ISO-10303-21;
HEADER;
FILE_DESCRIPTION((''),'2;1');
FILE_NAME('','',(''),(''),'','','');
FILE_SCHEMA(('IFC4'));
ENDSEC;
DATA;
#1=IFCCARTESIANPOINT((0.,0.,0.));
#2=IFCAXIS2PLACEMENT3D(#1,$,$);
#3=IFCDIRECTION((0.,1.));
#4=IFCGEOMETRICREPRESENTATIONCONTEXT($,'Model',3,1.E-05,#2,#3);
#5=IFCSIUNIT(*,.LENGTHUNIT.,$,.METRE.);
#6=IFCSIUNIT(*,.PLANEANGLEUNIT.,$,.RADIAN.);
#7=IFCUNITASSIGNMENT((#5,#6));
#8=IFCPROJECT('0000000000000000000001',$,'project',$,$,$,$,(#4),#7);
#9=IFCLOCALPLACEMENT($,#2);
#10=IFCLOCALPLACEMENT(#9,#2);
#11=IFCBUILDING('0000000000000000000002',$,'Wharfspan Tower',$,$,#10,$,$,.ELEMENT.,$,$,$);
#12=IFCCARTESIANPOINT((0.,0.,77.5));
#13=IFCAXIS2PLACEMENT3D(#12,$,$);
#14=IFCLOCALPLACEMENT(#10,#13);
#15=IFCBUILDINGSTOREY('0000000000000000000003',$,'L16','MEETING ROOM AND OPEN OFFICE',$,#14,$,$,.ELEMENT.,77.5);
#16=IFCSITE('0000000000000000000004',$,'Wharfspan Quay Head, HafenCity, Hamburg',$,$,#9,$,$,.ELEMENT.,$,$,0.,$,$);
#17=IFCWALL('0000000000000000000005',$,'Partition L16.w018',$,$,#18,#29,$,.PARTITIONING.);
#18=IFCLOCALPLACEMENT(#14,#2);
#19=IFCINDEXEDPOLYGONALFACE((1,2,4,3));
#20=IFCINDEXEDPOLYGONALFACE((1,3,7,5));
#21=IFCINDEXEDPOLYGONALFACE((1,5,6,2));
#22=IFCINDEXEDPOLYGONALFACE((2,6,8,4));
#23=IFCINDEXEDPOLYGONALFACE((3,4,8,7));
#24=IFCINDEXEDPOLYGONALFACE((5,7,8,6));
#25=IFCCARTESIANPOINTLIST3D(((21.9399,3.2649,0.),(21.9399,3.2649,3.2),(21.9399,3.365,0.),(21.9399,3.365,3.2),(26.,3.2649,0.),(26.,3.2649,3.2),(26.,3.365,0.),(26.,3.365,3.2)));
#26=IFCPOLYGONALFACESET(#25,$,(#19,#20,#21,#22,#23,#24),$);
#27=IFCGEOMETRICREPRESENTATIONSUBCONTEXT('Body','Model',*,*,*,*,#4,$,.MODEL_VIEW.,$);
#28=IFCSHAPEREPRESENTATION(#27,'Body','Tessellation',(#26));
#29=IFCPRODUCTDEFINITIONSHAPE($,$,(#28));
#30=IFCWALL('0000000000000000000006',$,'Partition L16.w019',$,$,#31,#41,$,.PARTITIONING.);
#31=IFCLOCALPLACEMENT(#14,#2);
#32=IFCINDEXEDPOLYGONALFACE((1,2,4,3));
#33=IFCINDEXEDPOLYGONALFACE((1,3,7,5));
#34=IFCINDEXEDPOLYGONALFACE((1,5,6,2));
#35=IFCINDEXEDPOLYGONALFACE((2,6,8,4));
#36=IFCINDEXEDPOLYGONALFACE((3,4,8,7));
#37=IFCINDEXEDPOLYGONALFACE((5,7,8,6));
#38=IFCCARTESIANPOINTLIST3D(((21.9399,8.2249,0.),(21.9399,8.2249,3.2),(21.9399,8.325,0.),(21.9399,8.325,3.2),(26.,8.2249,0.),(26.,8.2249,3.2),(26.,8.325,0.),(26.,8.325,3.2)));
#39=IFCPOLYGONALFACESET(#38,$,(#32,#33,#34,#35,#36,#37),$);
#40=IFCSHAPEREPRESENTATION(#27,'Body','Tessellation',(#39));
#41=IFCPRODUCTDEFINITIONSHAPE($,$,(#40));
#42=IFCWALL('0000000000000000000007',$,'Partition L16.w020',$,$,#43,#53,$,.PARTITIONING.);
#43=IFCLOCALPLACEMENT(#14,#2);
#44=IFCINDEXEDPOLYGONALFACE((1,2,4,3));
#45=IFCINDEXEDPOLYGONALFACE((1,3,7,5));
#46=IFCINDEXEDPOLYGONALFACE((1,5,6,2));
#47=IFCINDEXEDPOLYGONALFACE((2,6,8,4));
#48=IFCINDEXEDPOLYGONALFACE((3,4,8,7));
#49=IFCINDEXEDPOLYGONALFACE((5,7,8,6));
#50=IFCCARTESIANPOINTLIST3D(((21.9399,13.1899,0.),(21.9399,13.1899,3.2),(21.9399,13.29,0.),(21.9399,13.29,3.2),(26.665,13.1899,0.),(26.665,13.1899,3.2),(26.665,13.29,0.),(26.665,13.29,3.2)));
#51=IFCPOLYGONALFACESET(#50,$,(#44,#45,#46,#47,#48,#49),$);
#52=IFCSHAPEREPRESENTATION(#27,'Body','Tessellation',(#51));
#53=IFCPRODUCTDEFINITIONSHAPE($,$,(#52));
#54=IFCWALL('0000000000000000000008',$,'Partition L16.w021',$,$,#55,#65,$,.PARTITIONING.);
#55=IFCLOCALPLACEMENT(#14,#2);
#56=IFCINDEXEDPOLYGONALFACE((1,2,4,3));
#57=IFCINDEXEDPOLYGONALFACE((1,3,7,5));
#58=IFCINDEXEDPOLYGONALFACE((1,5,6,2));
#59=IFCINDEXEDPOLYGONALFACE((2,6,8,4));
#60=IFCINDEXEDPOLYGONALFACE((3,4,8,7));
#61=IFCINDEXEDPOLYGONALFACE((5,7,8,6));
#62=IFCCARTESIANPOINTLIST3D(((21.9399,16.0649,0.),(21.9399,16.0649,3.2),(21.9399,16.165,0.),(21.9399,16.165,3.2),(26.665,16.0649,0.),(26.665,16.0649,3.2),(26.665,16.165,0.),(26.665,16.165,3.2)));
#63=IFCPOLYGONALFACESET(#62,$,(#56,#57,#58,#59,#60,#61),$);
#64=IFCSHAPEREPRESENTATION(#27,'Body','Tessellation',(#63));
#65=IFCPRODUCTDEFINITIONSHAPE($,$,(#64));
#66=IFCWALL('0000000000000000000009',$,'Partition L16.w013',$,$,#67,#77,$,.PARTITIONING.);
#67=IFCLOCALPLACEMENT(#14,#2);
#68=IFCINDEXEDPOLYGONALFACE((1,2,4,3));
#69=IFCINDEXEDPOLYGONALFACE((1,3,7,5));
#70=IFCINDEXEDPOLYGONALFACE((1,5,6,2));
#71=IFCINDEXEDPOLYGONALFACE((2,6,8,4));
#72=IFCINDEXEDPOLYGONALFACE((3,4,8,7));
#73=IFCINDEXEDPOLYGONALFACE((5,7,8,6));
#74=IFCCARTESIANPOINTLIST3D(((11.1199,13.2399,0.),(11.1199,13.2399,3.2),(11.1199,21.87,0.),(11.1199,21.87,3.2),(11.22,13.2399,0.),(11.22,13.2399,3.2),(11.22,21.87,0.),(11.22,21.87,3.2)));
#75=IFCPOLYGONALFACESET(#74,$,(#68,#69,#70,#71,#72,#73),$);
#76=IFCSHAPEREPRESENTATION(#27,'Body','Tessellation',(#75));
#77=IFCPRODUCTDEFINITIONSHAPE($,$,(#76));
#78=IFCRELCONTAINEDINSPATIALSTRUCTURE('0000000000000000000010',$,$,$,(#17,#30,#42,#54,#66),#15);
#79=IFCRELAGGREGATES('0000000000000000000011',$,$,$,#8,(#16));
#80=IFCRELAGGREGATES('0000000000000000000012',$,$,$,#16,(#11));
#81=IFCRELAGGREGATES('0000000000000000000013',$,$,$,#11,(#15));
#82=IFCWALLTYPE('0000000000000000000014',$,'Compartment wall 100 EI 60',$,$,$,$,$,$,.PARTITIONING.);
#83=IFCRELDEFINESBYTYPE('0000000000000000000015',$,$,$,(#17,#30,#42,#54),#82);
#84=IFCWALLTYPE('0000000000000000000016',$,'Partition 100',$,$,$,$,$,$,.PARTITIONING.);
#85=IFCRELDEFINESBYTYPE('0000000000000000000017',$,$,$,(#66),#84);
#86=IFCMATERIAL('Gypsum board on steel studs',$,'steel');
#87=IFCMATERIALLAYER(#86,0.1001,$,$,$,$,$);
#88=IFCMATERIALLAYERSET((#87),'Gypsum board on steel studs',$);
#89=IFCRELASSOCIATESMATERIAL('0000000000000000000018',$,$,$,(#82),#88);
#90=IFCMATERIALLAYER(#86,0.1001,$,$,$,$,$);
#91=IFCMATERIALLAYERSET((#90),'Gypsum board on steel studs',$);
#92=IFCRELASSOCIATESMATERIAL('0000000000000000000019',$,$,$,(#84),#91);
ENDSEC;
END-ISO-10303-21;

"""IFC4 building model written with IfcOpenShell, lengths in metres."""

from ifc_helpers import new_model, si_unit, direction, frame, frame_2d, origin, place, context, subcontext, project, spatial, rectangle, extrude, material, layer, layer_set, type_object, element, save


model = new_model("IFC4")

# Units and contexts
model_context = context("Model", 3, precision=1e-05, world=origin(), true_north=direction((0.0, 1.0)))
body_context = subcontext(model_context, "Body", "Model", "MODEL_VIEW")
ifc_project = project(units=[si_unit("LENGTHUNIT", "METRE"), si_unit("PLANEANGLEUNIT", "RADIAN")], contexts=[model_context])

# Site, building, storey
site_placement = place(None, origin())
site = spatial("IfcSite", under=ifc_project, at=site_placement, Name="Wharfspan Quay Head, HafenCity, Hamburg", CompositionType="ELEMENT", RefElevation=0.0)
building_placement = place(site_placement, origin())
building = spatial("IfcBuilding", under=site, at=building_placement, Name="Wharfspan Tower", CompositionType="ELEMENT")
storey_placement = place(building_placement, frame((0.0, 0.0, 77.5)))
storey = spatial("IfcBuildingStorey", under=building, at=storey_placement, Name="L16", Description="MEETING ROOM AND OPEN OFFICE", CompositionType="ELEMENT", Elevation=77.5)

# Walls
ifc_material_1 = material(Name="Gypsum board on steel studs", Category="steel")
ifc_layer_1 = layer(ifc_material_1, 0.1001)
ifc_layer_set_1 = layer_set([ifc_layer_1], Name="Gypsum board on steel studs")
wall_type_1 = type_object("IfcWallType", Name="Compartment wall 100 EI 60", PredefinedType="PARTITIONING", material=ifc_layer_set_1)
for number, where, z_axis, x_axis, name in (
    (1, (21.9399, 3.3149, 0.0), (0.0, 0.0, 1.0), (1.0, 0.0, 0.0), "Partition L16.w018"),
    (2, (21.9399, 8.2749, 0.0), (0.0, 0.0, 1.0), (1.0, 0.0, 0.0), "Partition L16.w019"),
):
    element("IfcWall", number, at=place(storey_placement, frame(where, z_axis=z_axis, x_axis=x_axis)), inside=storey, type_object=wall_type_1, Name=name, PredefinedType="PARTITIONING", context=body_context, shape_type="SweptSolid", body=[
        extrude(rectangle(XDim=4.0601, YDim=0.1001, at=frame_2d((2.03, 0.0))), origin(), (0.0, 0.0, 1.0), 3.2),
    ])
for number, where, z_axis, x_axis, name in (
    (3, (21.9399, 13.24, 0.0), (0.0, 0.0, 1.0), (1.0, 0.0, 0.0), "Partition L16.w020"),
    (4, (21.9399, 16.115, 0.0), (0.0, 0.0, 1.0), (1.0, 0.0, 0.0), "Partition L16.w021"),
):
    element("IfcWall", number, at=place(storey_placement, frame(where, z_axis=z_axis, x_axis=x_axis)), inside=storey, type_object=wall_type_1, Name=name, PredefinedType="PARTITIONING", context=body_context, shape_type="SweptSolid", body=[
        extrude(rectangle(XDim=4.7251, YDim=0.1001, at=frame_2d((2.3625, 0.0))), origin(), (0.0, 0.0, 1.0), 3.2),
    ])
ifc_layer_2 = layer(ifc_material_1, 0.1001)
ifc_layer_set_2 = layer_set([ifc_layer_2], Name="Gypsum board on steel studs")
wall_type_2 = type_object("IfcWallType", Name="Partition 100", PredefinedType="PARTITIONING", material=ifc_layer_set_2)
wall_placement = place(storey_placement, frame((11.1699, 13.24, 0.0), z_axis=(0.0, 0.0, 1.0), x_axis=(0.0, 1.0, 0.0)))
element("IfcWall", 5, at=wall_placement, inside=storey, type_object=wall_type_2, Name="Partition L16.w013", PredefinedType="PARTITIONING", context=body_context, shape_type="SweptSolid", body=[
    extrude(rectangle(XDim=8.6301, YDim=0.1001, at=frame_2d((4.3149, 0.0))), origin(), (0.0, 0.0, 1.0), 3.2),
])

save(model, "model.ifc")
